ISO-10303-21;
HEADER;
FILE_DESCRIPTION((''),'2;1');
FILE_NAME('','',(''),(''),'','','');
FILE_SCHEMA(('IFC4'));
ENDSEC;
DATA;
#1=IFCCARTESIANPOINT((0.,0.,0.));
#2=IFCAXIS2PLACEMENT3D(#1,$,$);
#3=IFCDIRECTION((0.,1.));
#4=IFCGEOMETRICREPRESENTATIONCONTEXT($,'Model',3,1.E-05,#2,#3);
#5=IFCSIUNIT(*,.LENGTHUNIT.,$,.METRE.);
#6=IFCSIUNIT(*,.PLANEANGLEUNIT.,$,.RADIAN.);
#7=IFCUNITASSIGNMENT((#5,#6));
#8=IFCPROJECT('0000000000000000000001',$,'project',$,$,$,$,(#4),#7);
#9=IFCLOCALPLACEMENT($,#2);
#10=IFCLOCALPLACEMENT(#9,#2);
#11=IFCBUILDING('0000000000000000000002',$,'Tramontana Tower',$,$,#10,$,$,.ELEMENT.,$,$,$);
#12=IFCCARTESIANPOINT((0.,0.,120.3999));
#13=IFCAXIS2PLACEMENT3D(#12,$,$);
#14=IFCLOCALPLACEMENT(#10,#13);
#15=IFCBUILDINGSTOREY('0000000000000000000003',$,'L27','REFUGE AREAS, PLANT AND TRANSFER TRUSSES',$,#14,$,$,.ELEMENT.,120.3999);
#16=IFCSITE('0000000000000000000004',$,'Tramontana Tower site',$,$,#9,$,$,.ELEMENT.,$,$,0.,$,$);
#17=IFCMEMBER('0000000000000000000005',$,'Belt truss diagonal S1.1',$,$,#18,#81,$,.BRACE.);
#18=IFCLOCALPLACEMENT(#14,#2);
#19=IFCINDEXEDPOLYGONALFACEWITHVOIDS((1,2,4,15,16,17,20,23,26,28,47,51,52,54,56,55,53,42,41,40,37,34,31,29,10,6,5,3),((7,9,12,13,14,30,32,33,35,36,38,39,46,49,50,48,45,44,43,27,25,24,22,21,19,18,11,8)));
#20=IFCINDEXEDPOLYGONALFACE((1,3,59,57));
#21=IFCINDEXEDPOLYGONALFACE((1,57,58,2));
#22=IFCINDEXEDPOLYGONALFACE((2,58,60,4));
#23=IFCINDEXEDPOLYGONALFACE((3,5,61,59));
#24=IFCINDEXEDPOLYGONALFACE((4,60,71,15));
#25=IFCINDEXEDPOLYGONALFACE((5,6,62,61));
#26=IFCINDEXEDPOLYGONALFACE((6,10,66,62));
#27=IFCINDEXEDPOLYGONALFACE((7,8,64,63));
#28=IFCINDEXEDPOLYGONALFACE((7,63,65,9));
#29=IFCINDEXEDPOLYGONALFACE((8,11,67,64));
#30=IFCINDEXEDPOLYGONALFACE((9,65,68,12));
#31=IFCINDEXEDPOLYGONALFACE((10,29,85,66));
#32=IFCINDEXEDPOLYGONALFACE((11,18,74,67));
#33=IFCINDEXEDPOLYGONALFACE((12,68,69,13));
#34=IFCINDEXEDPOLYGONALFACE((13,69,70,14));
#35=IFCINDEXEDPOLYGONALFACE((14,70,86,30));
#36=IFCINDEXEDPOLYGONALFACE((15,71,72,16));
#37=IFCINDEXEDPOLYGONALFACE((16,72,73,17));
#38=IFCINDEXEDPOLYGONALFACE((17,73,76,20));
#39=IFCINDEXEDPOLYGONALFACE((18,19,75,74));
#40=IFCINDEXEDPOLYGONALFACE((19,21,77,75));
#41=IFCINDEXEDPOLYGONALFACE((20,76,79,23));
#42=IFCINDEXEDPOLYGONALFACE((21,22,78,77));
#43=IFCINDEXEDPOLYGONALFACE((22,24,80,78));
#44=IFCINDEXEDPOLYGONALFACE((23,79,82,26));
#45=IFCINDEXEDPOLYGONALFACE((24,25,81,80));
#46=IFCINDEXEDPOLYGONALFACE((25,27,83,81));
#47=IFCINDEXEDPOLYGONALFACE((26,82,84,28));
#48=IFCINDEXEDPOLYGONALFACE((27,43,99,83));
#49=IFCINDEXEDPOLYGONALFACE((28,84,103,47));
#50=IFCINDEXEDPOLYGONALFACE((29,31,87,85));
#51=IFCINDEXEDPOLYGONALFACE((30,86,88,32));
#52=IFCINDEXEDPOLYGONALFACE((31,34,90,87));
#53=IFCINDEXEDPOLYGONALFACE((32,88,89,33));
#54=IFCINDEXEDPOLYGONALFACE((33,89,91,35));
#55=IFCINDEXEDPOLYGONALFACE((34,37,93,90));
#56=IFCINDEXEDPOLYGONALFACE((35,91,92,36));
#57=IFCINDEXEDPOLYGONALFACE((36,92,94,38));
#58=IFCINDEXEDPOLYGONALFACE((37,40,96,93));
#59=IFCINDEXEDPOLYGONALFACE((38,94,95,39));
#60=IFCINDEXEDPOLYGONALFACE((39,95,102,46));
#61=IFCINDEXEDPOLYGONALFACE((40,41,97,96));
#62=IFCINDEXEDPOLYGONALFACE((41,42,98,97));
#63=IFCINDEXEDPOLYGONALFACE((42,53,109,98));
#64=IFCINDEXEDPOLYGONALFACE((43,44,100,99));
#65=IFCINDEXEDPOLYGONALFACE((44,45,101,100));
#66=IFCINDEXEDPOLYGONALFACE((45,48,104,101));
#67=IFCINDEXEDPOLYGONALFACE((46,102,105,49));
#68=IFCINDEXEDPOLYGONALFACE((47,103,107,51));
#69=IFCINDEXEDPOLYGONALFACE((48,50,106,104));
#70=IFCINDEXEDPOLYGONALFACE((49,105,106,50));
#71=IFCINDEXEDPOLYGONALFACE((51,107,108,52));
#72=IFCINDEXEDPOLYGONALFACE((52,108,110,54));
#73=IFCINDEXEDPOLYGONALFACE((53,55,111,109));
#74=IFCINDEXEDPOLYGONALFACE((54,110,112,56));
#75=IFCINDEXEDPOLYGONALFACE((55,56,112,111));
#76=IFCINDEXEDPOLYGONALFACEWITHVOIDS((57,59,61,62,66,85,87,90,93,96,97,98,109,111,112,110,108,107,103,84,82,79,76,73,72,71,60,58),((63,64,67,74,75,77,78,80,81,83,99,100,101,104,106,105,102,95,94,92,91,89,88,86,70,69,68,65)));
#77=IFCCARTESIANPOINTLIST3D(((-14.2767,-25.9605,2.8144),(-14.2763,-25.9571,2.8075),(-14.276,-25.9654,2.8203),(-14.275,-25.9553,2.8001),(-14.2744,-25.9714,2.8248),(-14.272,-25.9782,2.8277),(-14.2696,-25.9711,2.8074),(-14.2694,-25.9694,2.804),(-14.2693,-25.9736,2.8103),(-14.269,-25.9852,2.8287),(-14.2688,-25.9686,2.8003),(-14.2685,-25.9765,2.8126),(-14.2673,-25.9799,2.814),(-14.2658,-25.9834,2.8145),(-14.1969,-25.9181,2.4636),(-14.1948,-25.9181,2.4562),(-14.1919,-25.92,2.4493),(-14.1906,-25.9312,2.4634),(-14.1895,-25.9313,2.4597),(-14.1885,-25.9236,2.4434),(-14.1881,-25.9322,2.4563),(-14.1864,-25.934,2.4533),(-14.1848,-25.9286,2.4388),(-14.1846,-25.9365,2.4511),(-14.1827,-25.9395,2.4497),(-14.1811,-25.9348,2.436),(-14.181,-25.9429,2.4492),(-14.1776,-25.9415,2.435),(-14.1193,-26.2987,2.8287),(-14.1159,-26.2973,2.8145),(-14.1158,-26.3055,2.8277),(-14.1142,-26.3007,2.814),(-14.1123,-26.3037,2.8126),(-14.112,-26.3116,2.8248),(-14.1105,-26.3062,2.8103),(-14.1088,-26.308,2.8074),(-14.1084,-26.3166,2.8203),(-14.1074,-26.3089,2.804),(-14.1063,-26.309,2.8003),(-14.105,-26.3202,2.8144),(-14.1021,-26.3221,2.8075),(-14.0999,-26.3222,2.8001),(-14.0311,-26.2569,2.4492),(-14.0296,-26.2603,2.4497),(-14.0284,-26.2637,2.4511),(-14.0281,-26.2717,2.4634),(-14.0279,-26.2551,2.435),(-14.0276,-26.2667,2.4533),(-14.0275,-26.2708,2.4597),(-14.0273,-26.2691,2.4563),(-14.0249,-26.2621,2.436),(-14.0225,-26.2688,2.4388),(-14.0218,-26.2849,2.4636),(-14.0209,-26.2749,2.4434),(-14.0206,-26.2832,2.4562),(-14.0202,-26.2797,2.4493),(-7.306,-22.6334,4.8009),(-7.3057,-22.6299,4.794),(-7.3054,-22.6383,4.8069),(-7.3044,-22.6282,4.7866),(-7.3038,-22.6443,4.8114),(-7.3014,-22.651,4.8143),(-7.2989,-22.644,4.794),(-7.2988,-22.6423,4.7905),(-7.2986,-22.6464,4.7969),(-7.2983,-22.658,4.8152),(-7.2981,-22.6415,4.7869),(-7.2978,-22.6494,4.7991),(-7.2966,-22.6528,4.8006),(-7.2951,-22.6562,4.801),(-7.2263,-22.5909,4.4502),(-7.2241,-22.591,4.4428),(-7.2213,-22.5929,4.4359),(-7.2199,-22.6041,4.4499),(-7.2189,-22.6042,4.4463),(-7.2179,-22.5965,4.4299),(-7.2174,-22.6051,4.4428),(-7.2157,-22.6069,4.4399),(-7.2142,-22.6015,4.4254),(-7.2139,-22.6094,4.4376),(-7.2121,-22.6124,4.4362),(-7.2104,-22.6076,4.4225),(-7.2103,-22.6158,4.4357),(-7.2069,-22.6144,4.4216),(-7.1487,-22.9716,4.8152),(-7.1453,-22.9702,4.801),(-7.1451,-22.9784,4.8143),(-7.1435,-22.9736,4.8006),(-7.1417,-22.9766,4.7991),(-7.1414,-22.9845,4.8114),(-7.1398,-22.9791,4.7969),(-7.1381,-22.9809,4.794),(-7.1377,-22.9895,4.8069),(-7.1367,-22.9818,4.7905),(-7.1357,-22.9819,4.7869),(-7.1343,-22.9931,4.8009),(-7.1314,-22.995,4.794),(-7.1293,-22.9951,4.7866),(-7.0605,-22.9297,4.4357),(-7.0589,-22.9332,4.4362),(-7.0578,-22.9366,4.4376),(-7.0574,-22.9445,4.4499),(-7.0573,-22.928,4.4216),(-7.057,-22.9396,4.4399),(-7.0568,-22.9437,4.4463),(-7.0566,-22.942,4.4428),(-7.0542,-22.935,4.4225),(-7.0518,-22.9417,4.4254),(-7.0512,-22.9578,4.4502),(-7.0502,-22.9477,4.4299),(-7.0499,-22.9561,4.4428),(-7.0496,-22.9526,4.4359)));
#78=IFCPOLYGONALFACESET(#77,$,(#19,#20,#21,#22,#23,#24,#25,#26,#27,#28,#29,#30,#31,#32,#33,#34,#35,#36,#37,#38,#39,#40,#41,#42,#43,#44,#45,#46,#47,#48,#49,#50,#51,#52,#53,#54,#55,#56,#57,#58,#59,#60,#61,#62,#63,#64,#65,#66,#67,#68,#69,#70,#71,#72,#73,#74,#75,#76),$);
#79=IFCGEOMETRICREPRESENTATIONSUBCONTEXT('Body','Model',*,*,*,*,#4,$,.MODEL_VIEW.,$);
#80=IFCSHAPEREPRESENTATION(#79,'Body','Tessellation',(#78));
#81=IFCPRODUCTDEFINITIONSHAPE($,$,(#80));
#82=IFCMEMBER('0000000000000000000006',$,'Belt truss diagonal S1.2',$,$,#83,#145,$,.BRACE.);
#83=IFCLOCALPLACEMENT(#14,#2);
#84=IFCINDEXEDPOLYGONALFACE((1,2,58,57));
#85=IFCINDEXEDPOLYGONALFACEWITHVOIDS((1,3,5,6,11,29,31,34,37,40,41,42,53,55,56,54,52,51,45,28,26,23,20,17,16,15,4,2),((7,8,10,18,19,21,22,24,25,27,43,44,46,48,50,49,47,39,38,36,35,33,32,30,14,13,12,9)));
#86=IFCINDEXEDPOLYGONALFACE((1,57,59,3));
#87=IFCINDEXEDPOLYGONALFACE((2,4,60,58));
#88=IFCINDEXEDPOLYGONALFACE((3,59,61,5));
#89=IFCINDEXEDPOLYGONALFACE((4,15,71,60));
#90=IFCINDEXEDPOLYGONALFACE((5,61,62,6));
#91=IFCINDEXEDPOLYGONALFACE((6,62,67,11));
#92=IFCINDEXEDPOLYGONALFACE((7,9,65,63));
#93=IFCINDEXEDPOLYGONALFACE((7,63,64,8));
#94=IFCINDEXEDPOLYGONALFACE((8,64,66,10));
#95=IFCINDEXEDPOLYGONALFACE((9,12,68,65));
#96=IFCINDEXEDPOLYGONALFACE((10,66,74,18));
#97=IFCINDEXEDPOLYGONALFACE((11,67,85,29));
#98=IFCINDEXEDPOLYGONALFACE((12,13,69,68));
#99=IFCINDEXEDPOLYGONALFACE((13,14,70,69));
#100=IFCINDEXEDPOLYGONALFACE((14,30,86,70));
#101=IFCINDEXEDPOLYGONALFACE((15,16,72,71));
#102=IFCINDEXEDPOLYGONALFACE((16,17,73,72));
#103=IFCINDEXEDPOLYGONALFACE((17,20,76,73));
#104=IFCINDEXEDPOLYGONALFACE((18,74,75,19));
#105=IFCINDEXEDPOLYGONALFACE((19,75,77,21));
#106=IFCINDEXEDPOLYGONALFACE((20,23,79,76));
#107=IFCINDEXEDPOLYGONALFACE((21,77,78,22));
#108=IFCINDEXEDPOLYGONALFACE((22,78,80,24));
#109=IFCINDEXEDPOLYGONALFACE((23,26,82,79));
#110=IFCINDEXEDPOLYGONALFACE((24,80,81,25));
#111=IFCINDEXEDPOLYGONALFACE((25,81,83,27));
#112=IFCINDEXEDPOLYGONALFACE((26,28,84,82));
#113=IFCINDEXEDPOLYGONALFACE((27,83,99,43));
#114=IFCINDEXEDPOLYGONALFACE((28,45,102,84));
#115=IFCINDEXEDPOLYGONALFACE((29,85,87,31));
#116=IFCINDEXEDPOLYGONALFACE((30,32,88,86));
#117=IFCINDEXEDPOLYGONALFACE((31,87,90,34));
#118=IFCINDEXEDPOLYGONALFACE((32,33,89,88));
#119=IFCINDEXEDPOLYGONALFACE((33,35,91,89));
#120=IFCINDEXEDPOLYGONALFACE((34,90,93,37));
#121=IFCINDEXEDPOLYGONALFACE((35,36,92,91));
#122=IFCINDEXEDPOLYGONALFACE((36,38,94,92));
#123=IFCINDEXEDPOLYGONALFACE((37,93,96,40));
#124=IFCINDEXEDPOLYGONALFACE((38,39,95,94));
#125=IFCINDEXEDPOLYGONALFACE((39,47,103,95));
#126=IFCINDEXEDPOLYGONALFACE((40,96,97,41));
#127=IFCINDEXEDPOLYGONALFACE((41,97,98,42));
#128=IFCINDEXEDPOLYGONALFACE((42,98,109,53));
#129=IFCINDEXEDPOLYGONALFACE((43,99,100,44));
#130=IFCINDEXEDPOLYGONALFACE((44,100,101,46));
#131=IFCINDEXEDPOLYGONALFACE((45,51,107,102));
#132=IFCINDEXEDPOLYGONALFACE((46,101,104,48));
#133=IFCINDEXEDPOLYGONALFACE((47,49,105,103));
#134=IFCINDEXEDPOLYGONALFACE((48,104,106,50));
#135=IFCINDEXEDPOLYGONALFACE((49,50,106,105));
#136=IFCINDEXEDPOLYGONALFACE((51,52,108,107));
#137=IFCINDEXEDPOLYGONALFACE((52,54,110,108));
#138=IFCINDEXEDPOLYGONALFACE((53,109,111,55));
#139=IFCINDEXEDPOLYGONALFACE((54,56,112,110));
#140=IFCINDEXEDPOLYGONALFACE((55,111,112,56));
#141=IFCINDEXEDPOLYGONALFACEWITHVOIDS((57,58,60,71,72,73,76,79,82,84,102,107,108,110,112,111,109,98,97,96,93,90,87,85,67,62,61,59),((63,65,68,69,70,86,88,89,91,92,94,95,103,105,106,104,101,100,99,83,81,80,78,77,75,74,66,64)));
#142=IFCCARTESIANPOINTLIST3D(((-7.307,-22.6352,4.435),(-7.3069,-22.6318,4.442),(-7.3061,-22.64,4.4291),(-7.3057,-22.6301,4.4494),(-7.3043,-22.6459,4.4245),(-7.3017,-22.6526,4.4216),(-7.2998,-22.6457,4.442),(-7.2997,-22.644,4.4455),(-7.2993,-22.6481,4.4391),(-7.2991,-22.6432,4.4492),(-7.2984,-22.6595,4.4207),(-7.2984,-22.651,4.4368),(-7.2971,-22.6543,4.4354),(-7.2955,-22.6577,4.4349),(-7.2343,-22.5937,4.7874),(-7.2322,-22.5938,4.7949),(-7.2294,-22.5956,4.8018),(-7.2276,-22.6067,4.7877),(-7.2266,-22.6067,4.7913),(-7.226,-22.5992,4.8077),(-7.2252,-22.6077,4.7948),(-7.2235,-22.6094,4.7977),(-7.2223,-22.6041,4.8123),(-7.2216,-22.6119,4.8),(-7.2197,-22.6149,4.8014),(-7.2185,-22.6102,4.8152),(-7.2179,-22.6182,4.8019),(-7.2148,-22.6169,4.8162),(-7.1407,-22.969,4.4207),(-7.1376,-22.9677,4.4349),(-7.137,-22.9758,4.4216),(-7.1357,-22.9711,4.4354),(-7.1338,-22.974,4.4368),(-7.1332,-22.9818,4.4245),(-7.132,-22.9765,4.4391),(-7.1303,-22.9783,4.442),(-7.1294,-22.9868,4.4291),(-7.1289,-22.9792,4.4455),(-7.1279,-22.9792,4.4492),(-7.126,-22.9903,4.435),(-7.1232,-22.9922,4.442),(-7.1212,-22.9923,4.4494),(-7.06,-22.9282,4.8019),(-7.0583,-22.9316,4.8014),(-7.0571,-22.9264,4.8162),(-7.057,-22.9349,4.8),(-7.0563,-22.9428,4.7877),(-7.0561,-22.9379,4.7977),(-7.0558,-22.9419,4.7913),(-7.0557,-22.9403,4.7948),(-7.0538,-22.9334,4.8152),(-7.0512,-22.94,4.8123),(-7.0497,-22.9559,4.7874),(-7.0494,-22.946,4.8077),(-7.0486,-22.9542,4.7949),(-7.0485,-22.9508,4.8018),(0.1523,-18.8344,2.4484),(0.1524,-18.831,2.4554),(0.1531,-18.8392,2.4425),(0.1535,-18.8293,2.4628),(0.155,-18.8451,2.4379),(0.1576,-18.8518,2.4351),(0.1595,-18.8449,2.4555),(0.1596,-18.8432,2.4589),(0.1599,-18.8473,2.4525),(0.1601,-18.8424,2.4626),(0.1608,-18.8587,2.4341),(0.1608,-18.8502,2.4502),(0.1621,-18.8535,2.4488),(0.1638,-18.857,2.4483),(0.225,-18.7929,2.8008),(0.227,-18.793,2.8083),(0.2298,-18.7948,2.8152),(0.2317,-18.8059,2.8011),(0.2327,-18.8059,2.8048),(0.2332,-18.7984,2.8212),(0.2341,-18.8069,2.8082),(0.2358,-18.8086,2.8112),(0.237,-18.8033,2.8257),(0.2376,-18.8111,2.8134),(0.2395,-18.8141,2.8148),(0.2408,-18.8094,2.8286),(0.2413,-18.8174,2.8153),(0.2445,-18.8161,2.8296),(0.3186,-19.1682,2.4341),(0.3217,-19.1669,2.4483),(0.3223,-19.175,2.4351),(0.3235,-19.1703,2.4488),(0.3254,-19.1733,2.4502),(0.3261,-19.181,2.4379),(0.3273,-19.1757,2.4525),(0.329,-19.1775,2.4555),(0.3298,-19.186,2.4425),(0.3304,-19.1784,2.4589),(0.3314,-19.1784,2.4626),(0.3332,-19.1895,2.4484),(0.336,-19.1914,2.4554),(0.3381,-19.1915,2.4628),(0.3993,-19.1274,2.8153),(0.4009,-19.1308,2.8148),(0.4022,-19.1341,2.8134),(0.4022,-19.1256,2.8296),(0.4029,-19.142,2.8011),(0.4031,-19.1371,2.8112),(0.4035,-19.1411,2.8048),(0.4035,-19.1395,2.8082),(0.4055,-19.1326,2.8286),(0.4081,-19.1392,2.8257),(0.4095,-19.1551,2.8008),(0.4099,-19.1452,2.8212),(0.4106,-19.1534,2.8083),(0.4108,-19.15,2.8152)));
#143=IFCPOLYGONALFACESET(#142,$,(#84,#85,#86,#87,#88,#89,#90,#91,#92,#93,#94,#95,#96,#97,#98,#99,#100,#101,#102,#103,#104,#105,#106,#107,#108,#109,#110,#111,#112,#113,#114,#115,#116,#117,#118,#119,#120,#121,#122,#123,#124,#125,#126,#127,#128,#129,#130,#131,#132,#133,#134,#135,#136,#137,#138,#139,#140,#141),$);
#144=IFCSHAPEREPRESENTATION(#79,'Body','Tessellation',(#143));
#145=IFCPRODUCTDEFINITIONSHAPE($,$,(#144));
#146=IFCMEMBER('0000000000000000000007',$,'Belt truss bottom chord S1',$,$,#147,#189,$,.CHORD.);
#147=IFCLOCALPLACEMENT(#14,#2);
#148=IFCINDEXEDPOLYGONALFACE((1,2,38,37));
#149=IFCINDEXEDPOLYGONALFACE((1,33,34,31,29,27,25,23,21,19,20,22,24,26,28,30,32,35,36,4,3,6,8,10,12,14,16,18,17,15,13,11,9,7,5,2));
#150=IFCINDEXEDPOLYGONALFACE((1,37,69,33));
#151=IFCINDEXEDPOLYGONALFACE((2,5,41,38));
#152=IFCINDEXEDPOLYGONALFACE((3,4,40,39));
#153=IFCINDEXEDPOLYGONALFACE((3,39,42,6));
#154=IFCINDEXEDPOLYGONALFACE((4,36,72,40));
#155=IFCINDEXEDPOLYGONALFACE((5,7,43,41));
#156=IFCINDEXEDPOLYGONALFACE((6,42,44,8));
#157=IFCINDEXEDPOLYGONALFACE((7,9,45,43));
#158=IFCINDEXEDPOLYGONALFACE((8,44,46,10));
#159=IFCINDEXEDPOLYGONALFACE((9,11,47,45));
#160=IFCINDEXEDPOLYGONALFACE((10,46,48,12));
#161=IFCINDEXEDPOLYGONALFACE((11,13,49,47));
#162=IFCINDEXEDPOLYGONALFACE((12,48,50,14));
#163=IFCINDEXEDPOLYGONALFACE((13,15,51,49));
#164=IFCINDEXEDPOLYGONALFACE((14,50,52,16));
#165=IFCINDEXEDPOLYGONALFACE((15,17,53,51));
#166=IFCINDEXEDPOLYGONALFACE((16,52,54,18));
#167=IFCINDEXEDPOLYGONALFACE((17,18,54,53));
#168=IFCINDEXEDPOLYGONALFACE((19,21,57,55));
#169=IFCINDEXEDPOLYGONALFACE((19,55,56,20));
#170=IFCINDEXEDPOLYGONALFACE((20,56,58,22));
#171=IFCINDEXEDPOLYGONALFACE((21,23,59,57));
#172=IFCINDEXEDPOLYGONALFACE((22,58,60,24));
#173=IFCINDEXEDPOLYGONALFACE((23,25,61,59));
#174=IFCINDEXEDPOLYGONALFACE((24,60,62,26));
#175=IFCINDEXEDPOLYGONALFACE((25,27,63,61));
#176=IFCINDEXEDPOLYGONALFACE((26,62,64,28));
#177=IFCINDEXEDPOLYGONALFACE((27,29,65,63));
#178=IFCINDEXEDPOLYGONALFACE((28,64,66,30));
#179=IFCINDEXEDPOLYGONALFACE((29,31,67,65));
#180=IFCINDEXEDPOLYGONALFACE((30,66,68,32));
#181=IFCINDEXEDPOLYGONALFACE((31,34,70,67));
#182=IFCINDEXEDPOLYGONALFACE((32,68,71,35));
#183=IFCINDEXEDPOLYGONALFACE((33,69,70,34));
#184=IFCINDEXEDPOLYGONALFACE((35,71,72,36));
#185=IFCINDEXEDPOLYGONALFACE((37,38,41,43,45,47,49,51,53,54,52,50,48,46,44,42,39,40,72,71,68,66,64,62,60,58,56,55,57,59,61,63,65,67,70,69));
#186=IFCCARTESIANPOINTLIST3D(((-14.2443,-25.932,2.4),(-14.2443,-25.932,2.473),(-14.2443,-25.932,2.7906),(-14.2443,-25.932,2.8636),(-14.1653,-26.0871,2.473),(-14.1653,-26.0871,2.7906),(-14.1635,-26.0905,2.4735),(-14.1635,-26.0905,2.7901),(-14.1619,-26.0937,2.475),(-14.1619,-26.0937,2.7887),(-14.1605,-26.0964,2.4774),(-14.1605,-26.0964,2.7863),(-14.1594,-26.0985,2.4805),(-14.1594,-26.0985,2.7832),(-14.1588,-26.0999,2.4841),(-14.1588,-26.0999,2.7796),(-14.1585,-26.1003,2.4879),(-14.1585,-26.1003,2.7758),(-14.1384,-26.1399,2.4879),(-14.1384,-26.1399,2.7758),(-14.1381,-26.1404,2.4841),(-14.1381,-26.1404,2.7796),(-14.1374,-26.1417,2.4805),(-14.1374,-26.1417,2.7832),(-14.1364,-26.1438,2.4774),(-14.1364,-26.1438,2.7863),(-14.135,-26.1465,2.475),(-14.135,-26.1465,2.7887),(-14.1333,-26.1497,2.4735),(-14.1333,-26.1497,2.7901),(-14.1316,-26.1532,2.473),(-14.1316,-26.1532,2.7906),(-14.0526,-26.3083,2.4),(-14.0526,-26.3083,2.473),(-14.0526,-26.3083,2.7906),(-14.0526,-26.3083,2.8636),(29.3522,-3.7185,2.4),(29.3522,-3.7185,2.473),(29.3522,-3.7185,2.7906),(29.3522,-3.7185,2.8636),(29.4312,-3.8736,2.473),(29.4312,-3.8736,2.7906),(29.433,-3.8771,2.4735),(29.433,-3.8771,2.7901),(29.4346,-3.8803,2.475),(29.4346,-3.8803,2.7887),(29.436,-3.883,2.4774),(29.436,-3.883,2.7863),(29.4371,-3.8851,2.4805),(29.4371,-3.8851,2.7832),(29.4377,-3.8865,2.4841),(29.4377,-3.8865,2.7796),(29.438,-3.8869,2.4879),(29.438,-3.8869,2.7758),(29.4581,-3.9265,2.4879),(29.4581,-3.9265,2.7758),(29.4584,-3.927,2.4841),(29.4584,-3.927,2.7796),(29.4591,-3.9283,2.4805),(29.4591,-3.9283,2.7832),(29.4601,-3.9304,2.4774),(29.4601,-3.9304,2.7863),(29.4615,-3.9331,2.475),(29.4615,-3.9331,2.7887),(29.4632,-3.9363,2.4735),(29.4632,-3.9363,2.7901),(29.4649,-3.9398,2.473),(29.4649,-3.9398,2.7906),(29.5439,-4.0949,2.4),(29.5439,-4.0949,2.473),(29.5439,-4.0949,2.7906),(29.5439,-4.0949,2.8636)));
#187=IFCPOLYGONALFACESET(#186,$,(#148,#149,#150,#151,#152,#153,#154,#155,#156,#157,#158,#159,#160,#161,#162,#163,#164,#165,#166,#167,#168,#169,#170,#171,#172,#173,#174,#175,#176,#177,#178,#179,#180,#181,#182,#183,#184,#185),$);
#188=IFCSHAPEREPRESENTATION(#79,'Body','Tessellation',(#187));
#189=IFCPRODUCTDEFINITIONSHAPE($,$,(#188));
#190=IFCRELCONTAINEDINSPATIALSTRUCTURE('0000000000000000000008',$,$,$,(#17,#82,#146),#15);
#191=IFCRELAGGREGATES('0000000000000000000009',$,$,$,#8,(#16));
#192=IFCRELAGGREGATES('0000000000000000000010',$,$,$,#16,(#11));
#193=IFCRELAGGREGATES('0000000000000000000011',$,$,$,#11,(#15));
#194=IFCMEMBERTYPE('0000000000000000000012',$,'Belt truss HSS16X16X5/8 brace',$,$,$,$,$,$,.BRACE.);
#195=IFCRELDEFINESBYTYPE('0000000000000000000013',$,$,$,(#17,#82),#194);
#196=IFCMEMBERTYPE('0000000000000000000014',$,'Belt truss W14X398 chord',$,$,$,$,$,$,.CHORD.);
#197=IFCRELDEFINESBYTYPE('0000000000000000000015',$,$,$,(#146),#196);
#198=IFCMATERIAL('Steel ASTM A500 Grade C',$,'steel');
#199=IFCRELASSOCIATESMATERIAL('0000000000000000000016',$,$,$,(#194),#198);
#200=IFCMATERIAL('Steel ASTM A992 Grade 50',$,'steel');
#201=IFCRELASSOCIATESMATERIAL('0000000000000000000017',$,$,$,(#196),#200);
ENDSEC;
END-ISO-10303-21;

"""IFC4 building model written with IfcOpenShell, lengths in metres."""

from ifc_helpers import new_model, si_unit, direction, frame, origin, origin_2d, place, context, subcontext, project, spatial, hollow_rectangle, i_section, extrude, material, material_profile, profile_set, type_object, element, save


model = new_model("IFC4")

# Units and contexts
model_context = context("Model", 3, precision=1e-05, world=origin(), true_north=direction((0.0, 1.0)))
body_context = subcontext(model_context, "Body", "Model", "MODEL_VIEW")
ifc_project = project(units=[si_unit("LENGTHUNIT", "METRE"), si_unit("PLANEANGLEUNIT", "RADIAN")], contexts=[model_context])

# Site, building, storey
site_placement = place(None, origin())
site = spatial("IfcSite", under=ifc_project, at=site_placement, Name="Tramontana Tower site", CompositionType="ELEMENT", RefElevation=0.0)
building_placement = place(site_placement, origin())
building = spatial("IfcBuilding", under=site, at=building_placement, Name="Tramontana Tower", CompositionType="ELEMENT")
storey_placement = place(building_placement, frame((0.0, 0.0, 120.3999)))
storey = spatial("IfcBuildingStorey", under=building, at=storey_placement, Name="L27", Description="REFUGE AREAS, PLANT AND TRANSFER TRUSSES", CompositionType="ELEMENT", Elevation=120.3999)

# Members
ifc_material_1 = material(Name="Steel ASTM A500 Grade C", Category="steel")
ifc_material_profile_1 = material_profile(ifc_material_1, hollow_rectangle(XDim=0.4065, YDim=0.4065, WallThickness=0.0146, InnerFilletRadius=0.0146, OuterFilletRadius=0.0295, at=origin_2d()), Name="HSS16X16X5/8")
ifc_profile_set_1 = profile_set([ifc_material_profile_1], Name="Steel ASTM A500 Grade C")
member_type_1 = type_object("IfcMemberType", Name="Belt truss HSS16X16X5/8 brace", PredefinedType="BRACE", material=ifc_profile_set_1)
member_1_placement = place(storey_placement, frame((-14.1484, -26.1201, 2.6318), z_axis=(0.874025, 0.417176, 0.249087), x_axis=(-0.430753, 0.90247, 0.0)))
element("IfcMember", 1, at=member_1_placement, inside=storey, type_object=member_type_1, Name="Belt truss diagonal S1.1", PredefinedType="BRACE", context=body_context, shape_type="SweptSolid", body=[
    extrude(hollow_rectangle(XDim=0.4065, YDim=0.4065, WallThickness=0.0146, InnerFilletRadius=0.0146, OuterFilletRadius=0.0295, at=origin_2d()), origin(), (0.0, 0.0, 1.0), 7.9753),
])
member_2_placement = place(storey_placement, frame((-7.1777, -22.793, 4.6184), z_axis=(0.866927, 0.441735, -0.230884), x_axis=(-0.454001, 0.891001, 0.0)))
element("IfcMember", 2, at=member_2_placement, inside=storey, type_object=member_type_1, Name="Belt truss diagonal S1.2", PredefinedType="BRACE", context=body_context, shape_type="SweptSolid", body=[
    extrude(hollow_rectangle(XDim=0.4065, YDim=0.4065, WallThickness=0.0146, InnerFilletRadius=0.0146, OuterFilletRadius=0.0295, at=origin_2d()), origin(), (0.0, 0.0, 1.0), 8.6042),
])
ifc_material_2 = material(Name="Steel ASTM A992 Grade 50", Category="steel")
ifc_material_profile_2 = material_profile(ifc_material_2, i_section(OverallWidth=0.4224, OverallDepth=0.4636, WebThickness=0.0444, FlangeThickness=0.073, FilletRadius=0.0149, at=origin_2d()), Name="W14X398")
ifc_profile_set_2 = profile_set([ifc_material_profile_2], Name="Steel ASTM A992 Grade 50")
member_type_2 = type_object("IfcMemberType", Name="Belt truss W14X398 chord", PredefinedType="CHORD", material=ifc_profile_set_2)
for number, where, z_axis, x_axis, name in (
    (3, (-14.1484, -26.1201, 2.6318), (0.891007, 0.453989, 0.0), (-0.453989, 0.891007, 0.0), "Belt truss bottom chord S1"),
):
    element("IfcMember", number, at=place(storey_placement, frame(where, z_axis=z_axis, x_axis=x_axis)), inside=storey, type_object=member_type_2, Name=name, PredefinedType="CHORD", context=body_context, shape_type="SweptSolid", body=[
        extrude(i_section(OverallWidth=0.4224, OverallDepth=0.4636, WebThickness=0.0444, FlangeThickness=0.073, FilletRadius=0.0149, at=origin_2d()), origin(), (0.0, 0.0, 1.0), 48.9294),
    ])

save(model, "model.ifc")
